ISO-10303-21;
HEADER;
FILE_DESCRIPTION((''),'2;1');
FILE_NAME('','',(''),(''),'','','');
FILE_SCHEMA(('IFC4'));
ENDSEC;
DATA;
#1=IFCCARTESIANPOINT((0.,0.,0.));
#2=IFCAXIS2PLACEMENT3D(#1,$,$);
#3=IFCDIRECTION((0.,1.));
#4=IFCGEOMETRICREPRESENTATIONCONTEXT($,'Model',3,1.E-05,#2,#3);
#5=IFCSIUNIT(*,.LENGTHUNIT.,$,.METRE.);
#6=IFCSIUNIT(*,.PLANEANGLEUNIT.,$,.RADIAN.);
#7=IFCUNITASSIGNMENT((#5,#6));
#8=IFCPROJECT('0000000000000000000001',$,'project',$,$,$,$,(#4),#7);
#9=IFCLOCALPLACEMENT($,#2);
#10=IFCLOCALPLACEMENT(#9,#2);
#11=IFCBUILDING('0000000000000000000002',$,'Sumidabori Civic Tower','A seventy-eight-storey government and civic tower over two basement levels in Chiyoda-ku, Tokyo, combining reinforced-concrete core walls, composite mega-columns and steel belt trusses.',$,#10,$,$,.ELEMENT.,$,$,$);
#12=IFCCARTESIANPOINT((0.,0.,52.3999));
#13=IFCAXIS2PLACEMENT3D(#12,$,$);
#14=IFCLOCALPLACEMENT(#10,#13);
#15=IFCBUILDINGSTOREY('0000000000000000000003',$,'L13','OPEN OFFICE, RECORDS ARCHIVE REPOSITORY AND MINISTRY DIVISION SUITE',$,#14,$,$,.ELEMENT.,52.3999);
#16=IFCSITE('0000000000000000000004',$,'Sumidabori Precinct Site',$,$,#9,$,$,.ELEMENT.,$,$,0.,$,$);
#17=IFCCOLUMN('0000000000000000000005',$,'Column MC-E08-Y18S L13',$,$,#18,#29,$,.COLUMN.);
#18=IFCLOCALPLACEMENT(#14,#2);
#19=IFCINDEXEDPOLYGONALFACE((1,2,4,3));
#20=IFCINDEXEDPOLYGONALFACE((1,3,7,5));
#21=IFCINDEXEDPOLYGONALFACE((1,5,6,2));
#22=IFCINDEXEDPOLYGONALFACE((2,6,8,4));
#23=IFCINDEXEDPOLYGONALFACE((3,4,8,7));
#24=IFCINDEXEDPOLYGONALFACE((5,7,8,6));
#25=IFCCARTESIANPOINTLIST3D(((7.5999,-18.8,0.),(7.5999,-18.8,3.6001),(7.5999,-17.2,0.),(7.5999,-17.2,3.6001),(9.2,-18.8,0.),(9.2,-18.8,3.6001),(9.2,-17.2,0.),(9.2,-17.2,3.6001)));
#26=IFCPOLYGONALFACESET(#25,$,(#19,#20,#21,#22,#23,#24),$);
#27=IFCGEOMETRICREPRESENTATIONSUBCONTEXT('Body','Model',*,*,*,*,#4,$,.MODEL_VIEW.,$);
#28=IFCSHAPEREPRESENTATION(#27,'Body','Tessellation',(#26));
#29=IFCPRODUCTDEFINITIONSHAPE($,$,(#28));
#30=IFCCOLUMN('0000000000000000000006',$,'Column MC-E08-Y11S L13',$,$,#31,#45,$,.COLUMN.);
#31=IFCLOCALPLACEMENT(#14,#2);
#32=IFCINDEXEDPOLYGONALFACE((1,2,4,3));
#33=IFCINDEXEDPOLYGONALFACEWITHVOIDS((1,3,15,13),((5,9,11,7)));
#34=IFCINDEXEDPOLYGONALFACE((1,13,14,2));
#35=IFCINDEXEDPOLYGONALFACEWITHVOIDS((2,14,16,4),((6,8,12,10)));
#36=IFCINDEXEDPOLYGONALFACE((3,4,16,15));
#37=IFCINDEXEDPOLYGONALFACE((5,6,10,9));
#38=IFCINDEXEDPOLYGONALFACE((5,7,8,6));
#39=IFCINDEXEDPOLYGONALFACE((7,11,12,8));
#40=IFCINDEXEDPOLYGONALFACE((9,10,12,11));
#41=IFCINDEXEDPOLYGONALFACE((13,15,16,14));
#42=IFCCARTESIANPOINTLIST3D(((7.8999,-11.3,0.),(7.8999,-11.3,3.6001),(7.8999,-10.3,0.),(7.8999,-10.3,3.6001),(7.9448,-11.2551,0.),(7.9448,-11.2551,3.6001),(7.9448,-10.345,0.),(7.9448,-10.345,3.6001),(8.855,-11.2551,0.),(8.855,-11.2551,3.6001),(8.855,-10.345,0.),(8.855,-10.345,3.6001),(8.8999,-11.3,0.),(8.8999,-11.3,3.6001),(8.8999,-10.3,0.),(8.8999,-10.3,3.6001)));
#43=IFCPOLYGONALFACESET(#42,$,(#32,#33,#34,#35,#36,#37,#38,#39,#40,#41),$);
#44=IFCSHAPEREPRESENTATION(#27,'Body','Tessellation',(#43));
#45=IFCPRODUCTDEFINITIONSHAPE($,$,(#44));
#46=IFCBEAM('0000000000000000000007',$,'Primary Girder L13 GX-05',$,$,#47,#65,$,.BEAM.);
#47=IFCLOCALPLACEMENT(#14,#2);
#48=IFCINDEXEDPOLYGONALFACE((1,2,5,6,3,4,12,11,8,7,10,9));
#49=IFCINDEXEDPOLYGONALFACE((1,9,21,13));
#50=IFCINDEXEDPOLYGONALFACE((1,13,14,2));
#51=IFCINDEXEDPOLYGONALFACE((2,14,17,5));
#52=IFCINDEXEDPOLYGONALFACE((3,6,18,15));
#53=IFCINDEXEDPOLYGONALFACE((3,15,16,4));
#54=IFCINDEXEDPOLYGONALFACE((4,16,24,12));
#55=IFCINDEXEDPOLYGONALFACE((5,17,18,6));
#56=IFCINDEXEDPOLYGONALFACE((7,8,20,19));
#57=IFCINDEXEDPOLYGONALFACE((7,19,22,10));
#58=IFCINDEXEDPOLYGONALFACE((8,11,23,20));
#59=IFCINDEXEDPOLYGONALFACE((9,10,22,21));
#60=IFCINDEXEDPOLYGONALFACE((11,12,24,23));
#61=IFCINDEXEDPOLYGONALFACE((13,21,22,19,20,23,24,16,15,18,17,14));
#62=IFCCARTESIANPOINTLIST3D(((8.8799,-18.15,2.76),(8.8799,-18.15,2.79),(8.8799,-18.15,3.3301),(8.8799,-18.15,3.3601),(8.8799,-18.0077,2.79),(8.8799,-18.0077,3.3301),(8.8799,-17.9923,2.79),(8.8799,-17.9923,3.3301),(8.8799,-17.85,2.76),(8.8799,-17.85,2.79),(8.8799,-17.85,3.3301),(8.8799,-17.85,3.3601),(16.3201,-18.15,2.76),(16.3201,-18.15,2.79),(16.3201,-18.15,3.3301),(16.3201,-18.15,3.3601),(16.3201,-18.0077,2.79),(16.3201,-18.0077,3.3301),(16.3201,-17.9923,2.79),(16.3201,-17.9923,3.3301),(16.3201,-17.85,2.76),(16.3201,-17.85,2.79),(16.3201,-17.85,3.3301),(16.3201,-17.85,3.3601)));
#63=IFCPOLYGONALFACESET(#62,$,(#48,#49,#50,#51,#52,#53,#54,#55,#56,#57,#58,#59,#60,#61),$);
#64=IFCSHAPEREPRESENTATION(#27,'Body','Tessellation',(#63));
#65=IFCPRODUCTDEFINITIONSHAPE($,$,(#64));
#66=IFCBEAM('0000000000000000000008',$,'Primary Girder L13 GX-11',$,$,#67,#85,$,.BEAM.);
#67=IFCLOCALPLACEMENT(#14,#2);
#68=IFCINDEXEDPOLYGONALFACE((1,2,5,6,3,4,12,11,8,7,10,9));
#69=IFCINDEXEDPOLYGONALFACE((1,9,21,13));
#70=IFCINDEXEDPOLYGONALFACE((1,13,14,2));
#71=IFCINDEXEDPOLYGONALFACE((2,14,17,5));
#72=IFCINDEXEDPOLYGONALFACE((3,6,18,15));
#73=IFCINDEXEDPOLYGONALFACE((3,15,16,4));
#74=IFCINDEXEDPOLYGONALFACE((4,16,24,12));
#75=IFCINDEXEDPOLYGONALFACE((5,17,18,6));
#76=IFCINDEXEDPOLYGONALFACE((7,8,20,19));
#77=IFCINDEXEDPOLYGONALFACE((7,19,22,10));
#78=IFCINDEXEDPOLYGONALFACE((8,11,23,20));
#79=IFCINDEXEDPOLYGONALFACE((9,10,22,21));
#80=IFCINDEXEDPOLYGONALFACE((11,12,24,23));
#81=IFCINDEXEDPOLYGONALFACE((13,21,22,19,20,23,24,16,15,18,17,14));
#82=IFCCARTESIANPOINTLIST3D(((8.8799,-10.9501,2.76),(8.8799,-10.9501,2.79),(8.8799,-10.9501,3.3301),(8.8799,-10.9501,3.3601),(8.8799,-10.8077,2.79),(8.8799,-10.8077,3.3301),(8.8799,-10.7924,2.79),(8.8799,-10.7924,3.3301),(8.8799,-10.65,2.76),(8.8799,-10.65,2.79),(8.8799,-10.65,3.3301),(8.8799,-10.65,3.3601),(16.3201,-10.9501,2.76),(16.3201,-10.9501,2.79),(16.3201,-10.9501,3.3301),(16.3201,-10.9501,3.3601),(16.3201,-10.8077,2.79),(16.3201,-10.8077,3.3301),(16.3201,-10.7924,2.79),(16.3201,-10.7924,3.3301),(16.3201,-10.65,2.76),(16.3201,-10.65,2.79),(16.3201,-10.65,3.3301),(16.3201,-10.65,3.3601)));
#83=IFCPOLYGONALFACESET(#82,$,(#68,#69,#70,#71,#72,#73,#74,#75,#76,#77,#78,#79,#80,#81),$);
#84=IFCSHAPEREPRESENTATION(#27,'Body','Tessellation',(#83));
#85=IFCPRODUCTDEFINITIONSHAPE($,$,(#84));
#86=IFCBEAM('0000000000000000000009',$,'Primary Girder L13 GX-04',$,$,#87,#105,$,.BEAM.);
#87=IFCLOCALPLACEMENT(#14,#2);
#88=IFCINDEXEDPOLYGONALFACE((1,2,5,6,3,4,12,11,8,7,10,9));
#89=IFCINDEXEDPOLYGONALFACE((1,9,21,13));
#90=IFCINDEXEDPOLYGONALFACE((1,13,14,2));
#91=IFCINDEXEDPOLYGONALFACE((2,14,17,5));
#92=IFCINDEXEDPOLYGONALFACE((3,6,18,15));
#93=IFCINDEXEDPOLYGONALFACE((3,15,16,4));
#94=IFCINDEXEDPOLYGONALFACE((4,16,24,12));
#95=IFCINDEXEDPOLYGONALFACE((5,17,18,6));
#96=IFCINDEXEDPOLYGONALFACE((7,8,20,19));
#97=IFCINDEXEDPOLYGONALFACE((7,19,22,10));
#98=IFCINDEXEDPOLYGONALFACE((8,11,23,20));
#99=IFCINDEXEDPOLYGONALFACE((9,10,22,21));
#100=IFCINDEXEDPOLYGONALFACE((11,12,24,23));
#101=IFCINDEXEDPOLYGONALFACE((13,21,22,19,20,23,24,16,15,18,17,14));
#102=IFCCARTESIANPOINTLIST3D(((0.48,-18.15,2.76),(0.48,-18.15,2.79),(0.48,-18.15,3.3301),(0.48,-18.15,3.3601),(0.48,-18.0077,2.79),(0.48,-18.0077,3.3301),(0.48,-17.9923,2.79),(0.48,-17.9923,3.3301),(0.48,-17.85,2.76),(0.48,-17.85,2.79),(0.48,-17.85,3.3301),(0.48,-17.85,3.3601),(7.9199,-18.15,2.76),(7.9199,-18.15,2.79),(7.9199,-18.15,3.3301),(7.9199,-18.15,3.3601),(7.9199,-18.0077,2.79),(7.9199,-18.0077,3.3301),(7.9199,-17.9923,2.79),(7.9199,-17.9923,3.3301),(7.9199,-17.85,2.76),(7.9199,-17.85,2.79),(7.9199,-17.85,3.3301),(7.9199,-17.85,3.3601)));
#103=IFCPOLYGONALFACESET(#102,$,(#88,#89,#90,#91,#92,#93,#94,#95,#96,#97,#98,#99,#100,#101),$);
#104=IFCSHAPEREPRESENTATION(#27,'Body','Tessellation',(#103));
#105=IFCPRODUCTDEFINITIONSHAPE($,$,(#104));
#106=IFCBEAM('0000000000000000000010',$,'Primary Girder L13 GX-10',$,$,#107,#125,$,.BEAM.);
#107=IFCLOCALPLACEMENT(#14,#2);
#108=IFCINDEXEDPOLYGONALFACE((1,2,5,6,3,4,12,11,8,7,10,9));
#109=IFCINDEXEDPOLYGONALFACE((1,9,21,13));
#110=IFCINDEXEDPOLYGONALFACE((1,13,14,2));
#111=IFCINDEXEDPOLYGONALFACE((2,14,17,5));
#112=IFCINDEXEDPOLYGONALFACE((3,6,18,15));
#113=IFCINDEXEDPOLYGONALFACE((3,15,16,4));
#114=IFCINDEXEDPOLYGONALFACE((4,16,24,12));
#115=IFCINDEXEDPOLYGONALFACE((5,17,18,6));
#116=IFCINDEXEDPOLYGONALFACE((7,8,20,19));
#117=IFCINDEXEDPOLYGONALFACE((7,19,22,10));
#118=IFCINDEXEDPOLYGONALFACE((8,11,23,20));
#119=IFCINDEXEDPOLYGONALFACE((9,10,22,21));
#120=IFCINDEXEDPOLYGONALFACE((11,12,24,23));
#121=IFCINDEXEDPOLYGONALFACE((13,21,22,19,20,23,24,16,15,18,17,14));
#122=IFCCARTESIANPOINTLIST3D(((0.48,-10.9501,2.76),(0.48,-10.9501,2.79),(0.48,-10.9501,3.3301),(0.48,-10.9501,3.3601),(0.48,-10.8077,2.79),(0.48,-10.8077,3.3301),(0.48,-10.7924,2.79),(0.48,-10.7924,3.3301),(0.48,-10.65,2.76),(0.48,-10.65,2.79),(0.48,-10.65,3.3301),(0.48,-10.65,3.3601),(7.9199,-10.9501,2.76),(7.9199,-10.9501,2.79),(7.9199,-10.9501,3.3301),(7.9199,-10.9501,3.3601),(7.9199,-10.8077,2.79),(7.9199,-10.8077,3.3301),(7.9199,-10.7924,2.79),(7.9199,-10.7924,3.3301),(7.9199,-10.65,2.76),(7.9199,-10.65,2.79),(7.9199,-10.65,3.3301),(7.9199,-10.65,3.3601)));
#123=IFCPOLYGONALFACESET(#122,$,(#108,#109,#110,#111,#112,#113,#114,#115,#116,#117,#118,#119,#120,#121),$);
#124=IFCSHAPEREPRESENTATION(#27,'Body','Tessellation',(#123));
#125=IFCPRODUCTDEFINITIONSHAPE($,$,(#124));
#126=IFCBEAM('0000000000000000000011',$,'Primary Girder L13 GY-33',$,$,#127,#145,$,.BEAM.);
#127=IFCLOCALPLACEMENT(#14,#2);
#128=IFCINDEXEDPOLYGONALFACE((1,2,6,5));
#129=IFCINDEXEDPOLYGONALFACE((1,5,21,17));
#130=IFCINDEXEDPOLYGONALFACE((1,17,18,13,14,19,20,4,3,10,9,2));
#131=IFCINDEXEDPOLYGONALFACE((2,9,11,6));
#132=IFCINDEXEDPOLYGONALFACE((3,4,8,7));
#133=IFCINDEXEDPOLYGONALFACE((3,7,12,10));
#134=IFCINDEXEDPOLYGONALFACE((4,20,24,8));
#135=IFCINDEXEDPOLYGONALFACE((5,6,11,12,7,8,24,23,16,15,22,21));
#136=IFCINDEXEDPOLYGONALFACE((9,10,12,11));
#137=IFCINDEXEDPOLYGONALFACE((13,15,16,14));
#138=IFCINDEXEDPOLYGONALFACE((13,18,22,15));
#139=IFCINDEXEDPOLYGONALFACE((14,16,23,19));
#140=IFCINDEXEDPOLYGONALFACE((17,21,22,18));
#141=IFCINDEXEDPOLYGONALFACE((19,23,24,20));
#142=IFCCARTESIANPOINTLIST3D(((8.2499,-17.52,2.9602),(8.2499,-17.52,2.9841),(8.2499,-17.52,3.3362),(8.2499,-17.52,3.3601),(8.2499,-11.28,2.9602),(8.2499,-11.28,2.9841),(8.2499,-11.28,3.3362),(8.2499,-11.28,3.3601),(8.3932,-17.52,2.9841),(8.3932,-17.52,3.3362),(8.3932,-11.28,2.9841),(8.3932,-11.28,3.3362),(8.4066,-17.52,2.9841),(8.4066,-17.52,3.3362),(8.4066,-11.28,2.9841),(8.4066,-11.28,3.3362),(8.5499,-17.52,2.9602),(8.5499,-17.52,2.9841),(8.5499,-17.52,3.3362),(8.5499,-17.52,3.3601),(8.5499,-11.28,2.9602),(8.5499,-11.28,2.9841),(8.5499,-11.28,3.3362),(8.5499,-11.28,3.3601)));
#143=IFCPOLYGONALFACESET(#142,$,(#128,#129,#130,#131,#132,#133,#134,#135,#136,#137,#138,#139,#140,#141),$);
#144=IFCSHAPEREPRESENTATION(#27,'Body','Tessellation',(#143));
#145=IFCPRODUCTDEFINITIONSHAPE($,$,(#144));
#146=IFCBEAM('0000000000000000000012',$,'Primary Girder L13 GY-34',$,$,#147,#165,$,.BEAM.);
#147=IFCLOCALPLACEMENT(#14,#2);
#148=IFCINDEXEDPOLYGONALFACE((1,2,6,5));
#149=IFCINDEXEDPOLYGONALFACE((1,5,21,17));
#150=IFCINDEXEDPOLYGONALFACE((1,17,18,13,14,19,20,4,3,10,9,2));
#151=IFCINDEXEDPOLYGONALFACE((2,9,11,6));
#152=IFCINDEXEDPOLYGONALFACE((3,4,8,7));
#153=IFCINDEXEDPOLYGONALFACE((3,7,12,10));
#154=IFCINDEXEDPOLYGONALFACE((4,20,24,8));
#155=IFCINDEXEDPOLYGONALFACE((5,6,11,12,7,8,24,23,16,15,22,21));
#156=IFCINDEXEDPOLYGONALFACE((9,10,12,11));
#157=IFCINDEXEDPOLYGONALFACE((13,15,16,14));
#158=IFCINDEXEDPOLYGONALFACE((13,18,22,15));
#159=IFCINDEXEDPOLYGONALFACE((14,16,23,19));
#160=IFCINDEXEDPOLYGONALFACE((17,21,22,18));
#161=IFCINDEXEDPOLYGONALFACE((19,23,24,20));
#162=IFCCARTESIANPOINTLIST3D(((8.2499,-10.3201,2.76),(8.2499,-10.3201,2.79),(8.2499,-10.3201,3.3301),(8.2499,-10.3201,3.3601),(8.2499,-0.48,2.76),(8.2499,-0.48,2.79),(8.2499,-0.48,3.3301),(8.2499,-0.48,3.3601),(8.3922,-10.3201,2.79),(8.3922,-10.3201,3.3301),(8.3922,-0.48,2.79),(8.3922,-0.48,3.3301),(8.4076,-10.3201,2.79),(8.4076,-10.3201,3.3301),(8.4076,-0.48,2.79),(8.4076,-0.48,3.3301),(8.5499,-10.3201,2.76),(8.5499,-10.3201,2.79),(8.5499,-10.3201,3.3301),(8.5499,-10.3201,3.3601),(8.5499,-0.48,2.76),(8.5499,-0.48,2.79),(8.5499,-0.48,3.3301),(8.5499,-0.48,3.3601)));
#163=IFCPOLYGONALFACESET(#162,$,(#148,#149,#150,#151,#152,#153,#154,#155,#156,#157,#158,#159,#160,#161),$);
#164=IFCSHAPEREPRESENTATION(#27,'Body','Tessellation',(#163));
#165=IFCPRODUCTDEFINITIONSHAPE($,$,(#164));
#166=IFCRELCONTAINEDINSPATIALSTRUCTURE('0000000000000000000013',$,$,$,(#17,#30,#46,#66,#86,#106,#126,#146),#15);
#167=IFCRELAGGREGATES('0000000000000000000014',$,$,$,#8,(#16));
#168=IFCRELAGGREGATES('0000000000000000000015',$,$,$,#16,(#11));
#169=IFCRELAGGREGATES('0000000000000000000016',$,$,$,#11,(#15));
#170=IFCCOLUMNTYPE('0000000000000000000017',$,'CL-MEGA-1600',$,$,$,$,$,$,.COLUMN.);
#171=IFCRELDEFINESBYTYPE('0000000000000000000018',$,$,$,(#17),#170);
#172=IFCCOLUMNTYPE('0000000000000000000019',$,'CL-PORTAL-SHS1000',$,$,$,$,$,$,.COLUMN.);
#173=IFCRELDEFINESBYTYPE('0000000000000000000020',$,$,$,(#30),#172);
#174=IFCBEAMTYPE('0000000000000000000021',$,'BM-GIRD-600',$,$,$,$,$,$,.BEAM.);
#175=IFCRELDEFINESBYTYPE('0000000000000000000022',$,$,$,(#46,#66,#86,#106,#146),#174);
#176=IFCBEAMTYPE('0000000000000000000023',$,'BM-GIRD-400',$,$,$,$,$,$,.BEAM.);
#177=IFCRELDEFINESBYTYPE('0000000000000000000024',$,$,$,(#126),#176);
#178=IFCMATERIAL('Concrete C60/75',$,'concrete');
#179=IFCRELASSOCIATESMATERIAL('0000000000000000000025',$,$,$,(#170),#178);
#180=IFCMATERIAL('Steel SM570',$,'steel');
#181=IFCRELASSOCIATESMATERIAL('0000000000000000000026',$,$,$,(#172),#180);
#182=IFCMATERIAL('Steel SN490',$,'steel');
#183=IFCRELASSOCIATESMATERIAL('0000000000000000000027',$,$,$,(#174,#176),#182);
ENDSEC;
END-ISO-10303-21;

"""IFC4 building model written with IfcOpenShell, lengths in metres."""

from ifc_helpers import new_model, si_unit, direction, frame, origin, origin_2d, place, context, subcontext, project, spatial, rectangle, hollow_rectangle, i_section, extrude, source, transform, mapped, material, material_profile, profile_set, type_object, element, save


model = new_model("IFC4")

# Units and contexts
model_context = context("Model", 3, precision=1e-05, world=origin(), true_north=direction((0.0, 1.0)))
body_context = subcontext(model_context, "Body", "Model", "MODEL_VIEW")
ifc_project = project(units=[si_unit("LENGTHUNIT", "METRE"), si_unit("PLANEANGLEUNIT", "RADIAN")], contexts=[model_context])

# Site, building, storey
site_placement = place(None, origin())
site = spatial("IfcSite", under=ifc_project, at=site_placement, Name="Sumidabori Precinct Site", CompositionType="ELEMENT", RefElevation=0.0)
building_placement = place(site_placement, origin())
building = spatial("IfcBuilding", under=site, at=building_placement, Name="Sumidabori Civic Tower", Description="A seventy-eight-storey government and civic tower over two basement levels in Chiyoda-ku, Tokyo, combining reinforced-concrete core walls, composite mega-columns and steel belt trusses.", CompositionType="ELEMENT")
storey_placement = place(building_placement, frame((0.0, 0.0, 52.3999)))
storey = spatial("IfcBuildingStorey", under=building, at=storey_placement, Name="L13", Description="OPEN OFFICE, RECORDS ARCHIVE REPOSITORY AND MINISTRY DIVISION SUITE", CompositionType="ELEMENT", Elevation=52.3999)

# Columns
ifc_material_1 = material(Name="Concrete C60/75", Category="concrete")
ifc_material_profile_1 = material_profile(ifc_material_1, rectangle(XDim=1.6001, YDim=1.6001, at=origin_2d()), Name="RC 1600x1600")
ifc_profile_set_1 = profile_set([ifc_material_profile_1], Name="Concrete C60/75")
column_type_1 = type_object("IfcColumnType", Name="CL-MEGA-1600", PredefinedType="COLUMN", material=ifc_profile_set_1)
shared_shape_1 = source(origin(), body_context, "Body", "SweptSolid", [
    extrude(rectangle(XDim=1.6001, YDim=1.6001, at=origin_2d()), origin(), (0.0, 0.0, 1.0), 3.6001),
])
column_1_placement = place(storey_placement, frame((8.3999, -18.0, 0.0), z_axis=(0.0, 0.0, 1.0), x_axis=(1.0, 0.0, 0.0)))
element("IfcColumn", 1, at=column_1_placement, inside=storey, type_object=column_type_1, Name="Column MC-E08-Y18S L13", PredefinedType="COLUMN", context=body_context, shape_type="MappedRepresentation", body=[
    mapped(shared_shape_1, transform((0.0, 0.0, 0.0), x_axis=(1.0, 0.0, 0.0), y_axis=(0.0, 1.0, 0.0), z_axis=(0.0, 0.0, 1.0), scale=1.0)),
])
ifc_material_2 = material(Name="Steel SM570", Category="steel")
ifc_material_profile_2 = material_profile(ifc_material_2, hollow_rectangle(XDim=1.0, YDim=1.0, WallThickness=0.0449, at=origin_2d()), Name="SHS 1000x1000x45")
ifc_profile_set_2 = profile_set([ifc_material_profile_2], Name="Steel SM570")
column_type_2 = type_object("IfcColumnType", Name="CL-PORTAL-SHS1000", PredefinedType="COLUMN", material=ifc_profile_set_2)
shared_shape_2 = source(origin(), body_context, "Body", "SweptSolid", [
    extrude(hollow_rectangle(XDim=1.0, YDim=1.0, WallThickness=0.0449, at=origin_2d()), origin(), (0.0, 0.0, 1.0), 3.6001),
])
column_2_placement = place(storey_placement, frame((8.3999, -10.8, 0.0), z_axis=(0.0, 0.0, 1.0), x_axis=(1.0, 0.0, 0.0)))
element("IfcColumn", 2, at=column_2_placement, inside=storey, type_object=column_type_2, Name="Column MC-E08-Y11S L13", PredefinedType="COLUMN", context=body_context, shape_type="MappedRepresentation", body=[
    mapped(shared_shape_2, transform((0.0, 0.0, 0.0), x_axis=(1.0, 0.0, 0.0), y_axis=(0.0, 1.0, 0.0), z_axis=(0.0, 0.0, 1.0), scale=1.0)),
])

# Beams
ifc_material_3 = material(Name="Steel SN490", Category="steel")
ifc_material_profile_3 = material_profile(ifc_material_3, i_section(OverallWidth=0.3, OverallDepth=0.6001, WebThickness=0.0154, FlangeThickness=0.03, at=origin_2d()), Name="HE 600 B")
ifc_profile_set_3 = profile_set([ifc_material_profile_3], Name="Steel SN490")
beam_type_1 = type_object("IfcBeamType", Name="BM-GIRD-600", PredefinedType="BEAM", material=ifc_profile_set_3)
shared_shape_3 = source(origin(), body_context, "Body", "SweptSolid", [
    extrude(i_section(OverallWidth=0.3, OverallDepth=0.6001, WebThickness=0.0154, FlangeThickness=0.03, at=origin_2d()), origin(), (0.0, 0.0, 1.0), 7.4402),
])
for number, where, z_axis, x_axis, name in (
    (3, (8.8799, -18.0, 3.0601), (1.0, 0.0, 0.0), (0.0, 1.0, 0.0), "Primary Girder L13 GX-05"),
    (4, (8.8799, -10.8, 3.0601), (1.0, 0.0, 0.0), (0.0, 1.0, 0.0), "Primary Girder L13 GX-11"),
):
    element("IfcBeam", number, at=place(storey_placement, frame(where, z_axis=z_axis, x_axis=x_axis)), inside=storey, type_object=beam_type_1, Name=name, PredefinedType="BEAM", context=body_context, shape_type="MappedRepresentation", body=[
        mapped(shared_shape_3, transform((0.0, 0.0, 0.0), x_axis=(1.0, 0.0, 0.0), y_axis=(0.0, 1.0, 0.0), z_axis=(0.0, 0.0, 1.0), scale=1.0)),
    ])
shared_shape_4 = source(origin(), body_context, "Body", "SweptSolid", [
    extrude(i_section(OverallWidth=0.3, OverallDepth=0.6001, WebThickness=0.0154, FlangeThickness=0.03, at=origin_2d()), origin(), (0.0, 0.0, 1.0), 7.4399),
])
for number, where, z_axis, x_axis, name in (
    (5, (0.48, -18.0, 3.0601), (1.0, 0.0, 0.0), (0.0, 1.0, 0.0), "Primary Girder L13 GX-04"),
    (6, (0.48, -10.8, 3.0601), (1.0, 0.0, 0.0), (0.0, 1.0, 0.0), "Primary Girder L13 GX-10"),
):
    element("IfcBeam", number, at=place(storey_placement, frame(where, z_axis=z_axis, x_axis=x_axis)), inside=storey, type_object=beam_type_1, Name=name, PredefinedType="BEAM", context=body_context, shape_type="MappedRepresentation", body=[
        mapped(shared_shape_4, transform((0.0, 0.0, 0.0), x_axis=(1.0, 0.0, 0.0), y_axis=(0.0, 1.0, 0.0), z_axis=(0.0, 0.0, 1.0), scale=1.0)),
    ])
ifc_material_profile_4 = material_profile(ifc_material_3, i_section(OverallWidth=0.3, OverallDepth=0.3999, WebThickness=0.0134, FlangeThickness=0.0239, at=origin_2d()), Name="HE 400 B")
ifc_profile_set_4 = profile_set([ifc_material_profile_4], Name="Steel SN490")
beam_type_2 = type_object("IfcBeamType", Name="BM-GIRD-400", PredefinedType="BEAM", material=ifc_profile_set_4)
shared_shape_5 = source(origin(), body_context, "Body", "SweptSolid", [
    extrude(i_section(OverallWidth=0.3, OverallDepth=0.3999, WebThickness=0.0134, FlangeThickness=0.0239, at=origin_2d()), origin(), (0.0, 0.0, 1.0), 6.24),
])
beam_1_placement = place(storey_placement, frame((8.3999, -17.52, 3.1602), z_axis=(0.0, 1.0, 0.0), x_axis=(-1.0, 0.0, 0.0)))
element("IfcBeam", 7, at=beam_1_placement, inside=storey, type_object=beam_type_2, Name="Primary Girder L13 GY-33", PredefinedType="BEAM", context=body_context, shape_type="MappedRepresentation", body=[
    mapped(shared_shape_5, transform((0.0, 0.0, 0.0), x_axis=(1.0, 0.0, 0.0), y_axis=(0.0, 1.0, 0.0), z_axis=(0.0, 0.0, 1.0), scale=1.0)),
])
shared_shape_6 = source(origin(), body_context, "Body", "SweptSolid", [
    extrude(i_section(OverallWidth=0.3, OverallDepth=0.6001, WebThickness=0.0154, FlangeThickness=0.03, at=origin_2d()), origin(), (0.0, 0.0, 1.0), 9.8401),
])
beam_2_placement = place(storey_placement, frame((8.3999, -10.3201, 3.0601), z_axis=(0.0, 1.0, 0.0), x_axis=(-1.0, 0.0, 0.0)))
element("IfcBeam", 8, at=beam_2_placement, inside=storey, type_object=beam_type_1, Name="Primary Girder L13 GY-34", PredefinedType="BEAM", context=body_context, shape_type="MappedRepresentation", body=[
    mapped(shared_shape_6, transform((0.0, 0.0, 0.0), x_axis=(1.0, 0.0, 0.0), y_axis=(0.0, 1.0, 0.0), z_axis=(0.0, 0.0, 1.0), scale=1.0)),
])

save(model, "model.ifc")
